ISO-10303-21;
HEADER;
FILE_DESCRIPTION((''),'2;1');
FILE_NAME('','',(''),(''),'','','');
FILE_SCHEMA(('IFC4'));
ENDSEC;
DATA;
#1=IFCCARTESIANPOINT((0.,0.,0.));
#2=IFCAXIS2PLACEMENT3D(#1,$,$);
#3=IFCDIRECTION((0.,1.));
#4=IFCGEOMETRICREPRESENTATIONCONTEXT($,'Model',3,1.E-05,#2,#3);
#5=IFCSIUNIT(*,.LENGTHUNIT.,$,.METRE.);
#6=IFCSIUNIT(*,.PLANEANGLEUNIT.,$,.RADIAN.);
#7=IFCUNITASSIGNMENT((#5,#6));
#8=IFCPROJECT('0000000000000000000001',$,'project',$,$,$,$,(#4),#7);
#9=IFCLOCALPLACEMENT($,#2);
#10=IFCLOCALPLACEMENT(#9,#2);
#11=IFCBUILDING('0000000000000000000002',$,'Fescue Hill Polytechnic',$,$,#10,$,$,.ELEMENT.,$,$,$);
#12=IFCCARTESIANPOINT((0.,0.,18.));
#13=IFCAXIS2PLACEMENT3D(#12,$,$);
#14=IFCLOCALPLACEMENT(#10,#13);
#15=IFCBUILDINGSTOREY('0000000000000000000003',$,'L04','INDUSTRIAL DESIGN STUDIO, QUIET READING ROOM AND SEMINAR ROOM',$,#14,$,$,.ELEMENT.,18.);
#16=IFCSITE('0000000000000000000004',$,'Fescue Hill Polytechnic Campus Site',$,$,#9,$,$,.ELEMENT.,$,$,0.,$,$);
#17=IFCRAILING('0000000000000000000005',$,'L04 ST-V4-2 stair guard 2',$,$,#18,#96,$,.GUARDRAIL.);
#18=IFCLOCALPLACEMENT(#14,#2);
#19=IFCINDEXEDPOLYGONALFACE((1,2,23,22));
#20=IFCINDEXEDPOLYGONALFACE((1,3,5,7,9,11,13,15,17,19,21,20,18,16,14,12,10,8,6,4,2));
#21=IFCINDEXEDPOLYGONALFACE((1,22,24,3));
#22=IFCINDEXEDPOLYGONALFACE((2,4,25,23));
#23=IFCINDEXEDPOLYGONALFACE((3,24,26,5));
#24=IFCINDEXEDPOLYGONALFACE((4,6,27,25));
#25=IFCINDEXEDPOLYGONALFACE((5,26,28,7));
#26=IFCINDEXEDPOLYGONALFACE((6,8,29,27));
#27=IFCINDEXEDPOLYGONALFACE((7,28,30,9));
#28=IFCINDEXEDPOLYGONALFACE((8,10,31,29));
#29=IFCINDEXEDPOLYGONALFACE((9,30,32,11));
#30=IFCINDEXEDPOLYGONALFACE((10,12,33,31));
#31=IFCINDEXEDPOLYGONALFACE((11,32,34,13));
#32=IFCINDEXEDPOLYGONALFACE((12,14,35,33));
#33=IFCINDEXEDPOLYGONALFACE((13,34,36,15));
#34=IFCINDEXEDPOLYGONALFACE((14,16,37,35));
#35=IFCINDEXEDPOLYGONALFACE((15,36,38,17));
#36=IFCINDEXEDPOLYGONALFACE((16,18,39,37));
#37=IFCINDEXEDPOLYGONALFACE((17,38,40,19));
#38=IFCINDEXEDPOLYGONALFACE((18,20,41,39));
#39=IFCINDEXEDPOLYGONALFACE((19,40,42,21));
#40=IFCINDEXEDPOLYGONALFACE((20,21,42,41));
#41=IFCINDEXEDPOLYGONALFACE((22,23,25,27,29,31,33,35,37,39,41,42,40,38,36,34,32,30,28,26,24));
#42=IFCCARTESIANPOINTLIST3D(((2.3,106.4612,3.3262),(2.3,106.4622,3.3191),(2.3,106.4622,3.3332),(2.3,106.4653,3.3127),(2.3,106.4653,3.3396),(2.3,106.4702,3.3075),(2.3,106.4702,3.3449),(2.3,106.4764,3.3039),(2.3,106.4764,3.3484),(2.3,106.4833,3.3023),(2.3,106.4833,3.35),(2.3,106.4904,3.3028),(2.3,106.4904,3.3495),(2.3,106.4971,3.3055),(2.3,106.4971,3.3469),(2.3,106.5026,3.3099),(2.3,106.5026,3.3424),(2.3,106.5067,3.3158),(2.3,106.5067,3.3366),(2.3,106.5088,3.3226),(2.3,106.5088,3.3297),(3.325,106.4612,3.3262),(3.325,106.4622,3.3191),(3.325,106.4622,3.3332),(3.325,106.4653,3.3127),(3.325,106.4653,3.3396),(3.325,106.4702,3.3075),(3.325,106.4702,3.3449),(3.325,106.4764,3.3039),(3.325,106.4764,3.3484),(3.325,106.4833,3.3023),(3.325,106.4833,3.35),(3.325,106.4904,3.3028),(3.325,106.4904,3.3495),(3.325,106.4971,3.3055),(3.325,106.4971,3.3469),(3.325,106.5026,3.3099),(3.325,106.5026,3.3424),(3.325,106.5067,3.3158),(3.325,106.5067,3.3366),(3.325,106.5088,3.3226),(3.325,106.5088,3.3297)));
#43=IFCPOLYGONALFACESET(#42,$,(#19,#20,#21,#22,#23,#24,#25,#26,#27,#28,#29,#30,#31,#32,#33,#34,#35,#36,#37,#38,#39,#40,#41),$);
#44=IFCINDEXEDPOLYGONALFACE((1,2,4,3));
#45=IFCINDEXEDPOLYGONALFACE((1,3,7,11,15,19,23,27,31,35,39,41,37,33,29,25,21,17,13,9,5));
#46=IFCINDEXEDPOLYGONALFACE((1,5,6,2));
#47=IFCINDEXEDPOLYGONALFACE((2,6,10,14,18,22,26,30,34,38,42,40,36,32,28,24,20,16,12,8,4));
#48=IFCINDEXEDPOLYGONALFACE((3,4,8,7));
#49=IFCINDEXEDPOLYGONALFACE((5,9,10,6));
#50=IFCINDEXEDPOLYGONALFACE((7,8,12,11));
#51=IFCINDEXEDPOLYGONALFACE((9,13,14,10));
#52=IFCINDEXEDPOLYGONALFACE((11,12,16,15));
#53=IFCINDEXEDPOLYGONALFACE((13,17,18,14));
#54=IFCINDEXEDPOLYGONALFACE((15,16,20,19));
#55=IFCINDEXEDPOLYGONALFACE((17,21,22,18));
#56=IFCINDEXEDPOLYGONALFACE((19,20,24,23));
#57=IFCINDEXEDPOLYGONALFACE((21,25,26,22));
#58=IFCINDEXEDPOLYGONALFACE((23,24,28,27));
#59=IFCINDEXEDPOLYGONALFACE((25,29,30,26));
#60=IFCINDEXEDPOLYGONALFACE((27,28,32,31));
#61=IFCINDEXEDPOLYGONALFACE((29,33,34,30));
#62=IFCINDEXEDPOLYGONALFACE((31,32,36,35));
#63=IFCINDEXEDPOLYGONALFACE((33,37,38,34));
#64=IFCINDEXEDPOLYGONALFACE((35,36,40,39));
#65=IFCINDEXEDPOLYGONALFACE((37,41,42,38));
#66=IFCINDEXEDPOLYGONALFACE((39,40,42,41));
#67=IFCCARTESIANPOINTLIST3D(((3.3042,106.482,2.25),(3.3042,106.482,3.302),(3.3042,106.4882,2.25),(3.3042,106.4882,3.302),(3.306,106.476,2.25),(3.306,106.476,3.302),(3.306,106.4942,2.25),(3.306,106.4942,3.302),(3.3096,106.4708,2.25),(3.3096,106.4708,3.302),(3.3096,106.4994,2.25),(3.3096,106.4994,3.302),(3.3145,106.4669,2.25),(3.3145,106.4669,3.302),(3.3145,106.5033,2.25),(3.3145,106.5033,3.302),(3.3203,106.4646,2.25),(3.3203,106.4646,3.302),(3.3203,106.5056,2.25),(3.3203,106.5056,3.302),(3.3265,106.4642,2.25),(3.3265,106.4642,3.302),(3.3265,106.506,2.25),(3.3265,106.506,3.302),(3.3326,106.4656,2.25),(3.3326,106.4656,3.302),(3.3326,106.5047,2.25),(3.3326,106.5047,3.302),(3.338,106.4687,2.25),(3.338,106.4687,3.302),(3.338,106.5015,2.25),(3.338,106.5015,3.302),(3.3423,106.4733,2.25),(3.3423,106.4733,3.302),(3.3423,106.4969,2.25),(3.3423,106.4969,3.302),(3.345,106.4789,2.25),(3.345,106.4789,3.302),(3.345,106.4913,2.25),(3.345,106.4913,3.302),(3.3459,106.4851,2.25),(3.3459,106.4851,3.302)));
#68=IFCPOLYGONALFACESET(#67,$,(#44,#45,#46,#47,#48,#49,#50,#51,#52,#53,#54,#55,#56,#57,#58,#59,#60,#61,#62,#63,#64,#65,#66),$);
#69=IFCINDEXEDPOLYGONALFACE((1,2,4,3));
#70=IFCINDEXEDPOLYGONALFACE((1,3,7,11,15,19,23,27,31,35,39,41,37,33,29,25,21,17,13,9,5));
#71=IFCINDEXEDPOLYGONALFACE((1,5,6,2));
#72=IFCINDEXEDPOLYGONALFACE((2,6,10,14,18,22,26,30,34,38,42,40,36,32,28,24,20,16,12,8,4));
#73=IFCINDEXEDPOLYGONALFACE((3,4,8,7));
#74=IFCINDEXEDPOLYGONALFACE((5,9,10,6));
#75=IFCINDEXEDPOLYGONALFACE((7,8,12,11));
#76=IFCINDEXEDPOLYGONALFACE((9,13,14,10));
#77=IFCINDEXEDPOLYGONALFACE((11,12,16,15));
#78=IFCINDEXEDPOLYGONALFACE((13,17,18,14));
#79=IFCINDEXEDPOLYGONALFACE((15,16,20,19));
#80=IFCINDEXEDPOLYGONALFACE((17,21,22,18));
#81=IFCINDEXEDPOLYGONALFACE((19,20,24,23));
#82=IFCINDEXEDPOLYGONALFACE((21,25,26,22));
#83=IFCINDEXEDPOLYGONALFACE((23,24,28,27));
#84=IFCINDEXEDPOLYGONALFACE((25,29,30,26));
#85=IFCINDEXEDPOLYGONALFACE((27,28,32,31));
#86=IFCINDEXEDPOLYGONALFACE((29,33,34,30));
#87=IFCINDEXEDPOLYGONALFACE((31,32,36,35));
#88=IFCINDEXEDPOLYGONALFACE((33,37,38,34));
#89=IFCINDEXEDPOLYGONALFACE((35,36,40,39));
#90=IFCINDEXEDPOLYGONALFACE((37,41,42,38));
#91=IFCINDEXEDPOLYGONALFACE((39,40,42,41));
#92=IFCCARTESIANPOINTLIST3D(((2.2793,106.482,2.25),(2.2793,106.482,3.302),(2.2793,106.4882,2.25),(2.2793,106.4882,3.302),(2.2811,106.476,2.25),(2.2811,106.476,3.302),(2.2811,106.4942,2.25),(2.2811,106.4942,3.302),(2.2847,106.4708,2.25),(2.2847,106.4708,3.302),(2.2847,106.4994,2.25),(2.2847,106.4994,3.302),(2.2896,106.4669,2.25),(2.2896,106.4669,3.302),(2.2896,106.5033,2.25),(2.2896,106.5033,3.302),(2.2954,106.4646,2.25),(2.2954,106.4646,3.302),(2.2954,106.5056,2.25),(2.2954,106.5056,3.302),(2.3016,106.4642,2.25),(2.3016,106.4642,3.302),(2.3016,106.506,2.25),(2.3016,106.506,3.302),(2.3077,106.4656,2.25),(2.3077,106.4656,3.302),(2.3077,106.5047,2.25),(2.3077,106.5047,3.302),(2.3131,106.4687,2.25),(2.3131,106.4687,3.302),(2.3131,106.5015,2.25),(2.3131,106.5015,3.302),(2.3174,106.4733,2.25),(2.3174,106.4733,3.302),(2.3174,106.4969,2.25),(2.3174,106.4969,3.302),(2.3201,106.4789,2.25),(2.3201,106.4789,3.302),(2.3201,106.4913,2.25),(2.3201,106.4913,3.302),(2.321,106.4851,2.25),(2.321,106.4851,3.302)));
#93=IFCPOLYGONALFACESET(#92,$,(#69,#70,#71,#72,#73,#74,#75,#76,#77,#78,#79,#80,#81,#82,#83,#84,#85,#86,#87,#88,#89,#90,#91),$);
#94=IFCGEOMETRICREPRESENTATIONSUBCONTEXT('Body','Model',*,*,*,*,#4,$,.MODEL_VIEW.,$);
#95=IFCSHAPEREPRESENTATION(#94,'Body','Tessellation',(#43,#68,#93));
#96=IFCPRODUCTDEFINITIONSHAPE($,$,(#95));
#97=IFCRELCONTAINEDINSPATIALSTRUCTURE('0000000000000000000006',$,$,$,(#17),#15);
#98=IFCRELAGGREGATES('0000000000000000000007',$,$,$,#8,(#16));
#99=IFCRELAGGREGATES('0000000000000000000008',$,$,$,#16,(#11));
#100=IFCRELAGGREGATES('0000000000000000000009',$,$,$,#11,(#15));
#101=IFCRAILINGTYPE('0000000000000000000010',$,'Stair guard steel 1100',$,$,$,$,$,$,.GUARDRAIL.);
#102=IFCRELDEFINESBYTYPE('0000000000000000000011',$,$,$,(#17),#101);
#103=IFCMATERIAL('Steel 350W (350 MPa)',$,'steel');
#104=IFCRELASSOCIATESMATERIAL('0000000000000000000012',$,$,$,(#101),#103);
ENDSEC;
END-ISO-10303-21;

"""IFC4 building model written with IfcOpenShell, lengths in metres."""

from ifc_helpers import new_model, si_unit, direction, frame, origin, origin_2d, place, context, subcontext, project, spatial, circle, extrude, material, type_object, element, save


model = new_model("IFC4")

# Units and contexts
model_context = context("Model", 3, precision=1e-05, world=origin(), true_north=direction((0.0, 1.0)))
body_context = subcontext(model_context, "Body", "Model", "MODEL_VIEW")
ifc_project = project(units=[si_unit("LENGTHUNIT", "METRE"), si_unit("PLANEANGLEUNIT", "RADIAN")], contexts=[model_context])

# Site, building, storey
site_placement = place(None, origin())
site = spatial("IfcSite", under=ifc_project, at=site_placement, Name="Fescue Hill Polytechnic Campus Site", CompositionType="ELEMENT", RefElevation=0.0)
building_placement = place(site_placement, origin())
building = spatial("IfcBuilding", under=site, at=building_placement, Name="Fescue Hill Polytechnic", CompositionType="ELEMENT")
storey_placement = place(building_placement, frame((0.0, 0.0, 18.0)))
storey = spatial("IfcBuildingStorey", under=building, at=storey_placement, Name="L04", Description="INDUSTRIAL DESIGN STUDIO, QUIET READING ROOM AND SEMINAR ROOM", CompositionType="ELEMENT", Elevation=18.0)

# Railing
ifc_material_1 = material(Name="Steel 350W (350 MPa)", Category="steel")
railing_type_1 = type_object("IfcRailingType", Name="Stair guard steel 1100", PredefinedType="GUARDRAIL", material=ifc_material_1)
railing_1_placement = place(storey_placement, frame((3.325, 106.4851, 2.25)))
element("IfcRailing", 1, at=railing_1_placement, inside=storey, type_object=railing_type_1, Name="L04 ST-V4-2 stair guard 2", PredefinedType="GUARDRAIL", context=body_context, shape_type="SweptSolid", body=[
    extrude(circle(Radius=0.0239, at=origin_2d()), frame((0.0, 0.0, 1.0762), z_axis=(-1.0, 0.0, 0.0), x_axis=(0.0, -1.0, 0.0)), (0.0, 0.0, 1.0), 1.0249),
    extrude(circle(Radius=0.021, at=origin_2d()), origin(), (0.0, 0.0, 1.0), 1.052),
    extrude(circle(Radius=0.021, at=origin_2d()), frame((-1.0249, 0.0, 0.0)), (0.0, 0.0, 1.0), 1.052),
])

save(model, "model.ifc")
